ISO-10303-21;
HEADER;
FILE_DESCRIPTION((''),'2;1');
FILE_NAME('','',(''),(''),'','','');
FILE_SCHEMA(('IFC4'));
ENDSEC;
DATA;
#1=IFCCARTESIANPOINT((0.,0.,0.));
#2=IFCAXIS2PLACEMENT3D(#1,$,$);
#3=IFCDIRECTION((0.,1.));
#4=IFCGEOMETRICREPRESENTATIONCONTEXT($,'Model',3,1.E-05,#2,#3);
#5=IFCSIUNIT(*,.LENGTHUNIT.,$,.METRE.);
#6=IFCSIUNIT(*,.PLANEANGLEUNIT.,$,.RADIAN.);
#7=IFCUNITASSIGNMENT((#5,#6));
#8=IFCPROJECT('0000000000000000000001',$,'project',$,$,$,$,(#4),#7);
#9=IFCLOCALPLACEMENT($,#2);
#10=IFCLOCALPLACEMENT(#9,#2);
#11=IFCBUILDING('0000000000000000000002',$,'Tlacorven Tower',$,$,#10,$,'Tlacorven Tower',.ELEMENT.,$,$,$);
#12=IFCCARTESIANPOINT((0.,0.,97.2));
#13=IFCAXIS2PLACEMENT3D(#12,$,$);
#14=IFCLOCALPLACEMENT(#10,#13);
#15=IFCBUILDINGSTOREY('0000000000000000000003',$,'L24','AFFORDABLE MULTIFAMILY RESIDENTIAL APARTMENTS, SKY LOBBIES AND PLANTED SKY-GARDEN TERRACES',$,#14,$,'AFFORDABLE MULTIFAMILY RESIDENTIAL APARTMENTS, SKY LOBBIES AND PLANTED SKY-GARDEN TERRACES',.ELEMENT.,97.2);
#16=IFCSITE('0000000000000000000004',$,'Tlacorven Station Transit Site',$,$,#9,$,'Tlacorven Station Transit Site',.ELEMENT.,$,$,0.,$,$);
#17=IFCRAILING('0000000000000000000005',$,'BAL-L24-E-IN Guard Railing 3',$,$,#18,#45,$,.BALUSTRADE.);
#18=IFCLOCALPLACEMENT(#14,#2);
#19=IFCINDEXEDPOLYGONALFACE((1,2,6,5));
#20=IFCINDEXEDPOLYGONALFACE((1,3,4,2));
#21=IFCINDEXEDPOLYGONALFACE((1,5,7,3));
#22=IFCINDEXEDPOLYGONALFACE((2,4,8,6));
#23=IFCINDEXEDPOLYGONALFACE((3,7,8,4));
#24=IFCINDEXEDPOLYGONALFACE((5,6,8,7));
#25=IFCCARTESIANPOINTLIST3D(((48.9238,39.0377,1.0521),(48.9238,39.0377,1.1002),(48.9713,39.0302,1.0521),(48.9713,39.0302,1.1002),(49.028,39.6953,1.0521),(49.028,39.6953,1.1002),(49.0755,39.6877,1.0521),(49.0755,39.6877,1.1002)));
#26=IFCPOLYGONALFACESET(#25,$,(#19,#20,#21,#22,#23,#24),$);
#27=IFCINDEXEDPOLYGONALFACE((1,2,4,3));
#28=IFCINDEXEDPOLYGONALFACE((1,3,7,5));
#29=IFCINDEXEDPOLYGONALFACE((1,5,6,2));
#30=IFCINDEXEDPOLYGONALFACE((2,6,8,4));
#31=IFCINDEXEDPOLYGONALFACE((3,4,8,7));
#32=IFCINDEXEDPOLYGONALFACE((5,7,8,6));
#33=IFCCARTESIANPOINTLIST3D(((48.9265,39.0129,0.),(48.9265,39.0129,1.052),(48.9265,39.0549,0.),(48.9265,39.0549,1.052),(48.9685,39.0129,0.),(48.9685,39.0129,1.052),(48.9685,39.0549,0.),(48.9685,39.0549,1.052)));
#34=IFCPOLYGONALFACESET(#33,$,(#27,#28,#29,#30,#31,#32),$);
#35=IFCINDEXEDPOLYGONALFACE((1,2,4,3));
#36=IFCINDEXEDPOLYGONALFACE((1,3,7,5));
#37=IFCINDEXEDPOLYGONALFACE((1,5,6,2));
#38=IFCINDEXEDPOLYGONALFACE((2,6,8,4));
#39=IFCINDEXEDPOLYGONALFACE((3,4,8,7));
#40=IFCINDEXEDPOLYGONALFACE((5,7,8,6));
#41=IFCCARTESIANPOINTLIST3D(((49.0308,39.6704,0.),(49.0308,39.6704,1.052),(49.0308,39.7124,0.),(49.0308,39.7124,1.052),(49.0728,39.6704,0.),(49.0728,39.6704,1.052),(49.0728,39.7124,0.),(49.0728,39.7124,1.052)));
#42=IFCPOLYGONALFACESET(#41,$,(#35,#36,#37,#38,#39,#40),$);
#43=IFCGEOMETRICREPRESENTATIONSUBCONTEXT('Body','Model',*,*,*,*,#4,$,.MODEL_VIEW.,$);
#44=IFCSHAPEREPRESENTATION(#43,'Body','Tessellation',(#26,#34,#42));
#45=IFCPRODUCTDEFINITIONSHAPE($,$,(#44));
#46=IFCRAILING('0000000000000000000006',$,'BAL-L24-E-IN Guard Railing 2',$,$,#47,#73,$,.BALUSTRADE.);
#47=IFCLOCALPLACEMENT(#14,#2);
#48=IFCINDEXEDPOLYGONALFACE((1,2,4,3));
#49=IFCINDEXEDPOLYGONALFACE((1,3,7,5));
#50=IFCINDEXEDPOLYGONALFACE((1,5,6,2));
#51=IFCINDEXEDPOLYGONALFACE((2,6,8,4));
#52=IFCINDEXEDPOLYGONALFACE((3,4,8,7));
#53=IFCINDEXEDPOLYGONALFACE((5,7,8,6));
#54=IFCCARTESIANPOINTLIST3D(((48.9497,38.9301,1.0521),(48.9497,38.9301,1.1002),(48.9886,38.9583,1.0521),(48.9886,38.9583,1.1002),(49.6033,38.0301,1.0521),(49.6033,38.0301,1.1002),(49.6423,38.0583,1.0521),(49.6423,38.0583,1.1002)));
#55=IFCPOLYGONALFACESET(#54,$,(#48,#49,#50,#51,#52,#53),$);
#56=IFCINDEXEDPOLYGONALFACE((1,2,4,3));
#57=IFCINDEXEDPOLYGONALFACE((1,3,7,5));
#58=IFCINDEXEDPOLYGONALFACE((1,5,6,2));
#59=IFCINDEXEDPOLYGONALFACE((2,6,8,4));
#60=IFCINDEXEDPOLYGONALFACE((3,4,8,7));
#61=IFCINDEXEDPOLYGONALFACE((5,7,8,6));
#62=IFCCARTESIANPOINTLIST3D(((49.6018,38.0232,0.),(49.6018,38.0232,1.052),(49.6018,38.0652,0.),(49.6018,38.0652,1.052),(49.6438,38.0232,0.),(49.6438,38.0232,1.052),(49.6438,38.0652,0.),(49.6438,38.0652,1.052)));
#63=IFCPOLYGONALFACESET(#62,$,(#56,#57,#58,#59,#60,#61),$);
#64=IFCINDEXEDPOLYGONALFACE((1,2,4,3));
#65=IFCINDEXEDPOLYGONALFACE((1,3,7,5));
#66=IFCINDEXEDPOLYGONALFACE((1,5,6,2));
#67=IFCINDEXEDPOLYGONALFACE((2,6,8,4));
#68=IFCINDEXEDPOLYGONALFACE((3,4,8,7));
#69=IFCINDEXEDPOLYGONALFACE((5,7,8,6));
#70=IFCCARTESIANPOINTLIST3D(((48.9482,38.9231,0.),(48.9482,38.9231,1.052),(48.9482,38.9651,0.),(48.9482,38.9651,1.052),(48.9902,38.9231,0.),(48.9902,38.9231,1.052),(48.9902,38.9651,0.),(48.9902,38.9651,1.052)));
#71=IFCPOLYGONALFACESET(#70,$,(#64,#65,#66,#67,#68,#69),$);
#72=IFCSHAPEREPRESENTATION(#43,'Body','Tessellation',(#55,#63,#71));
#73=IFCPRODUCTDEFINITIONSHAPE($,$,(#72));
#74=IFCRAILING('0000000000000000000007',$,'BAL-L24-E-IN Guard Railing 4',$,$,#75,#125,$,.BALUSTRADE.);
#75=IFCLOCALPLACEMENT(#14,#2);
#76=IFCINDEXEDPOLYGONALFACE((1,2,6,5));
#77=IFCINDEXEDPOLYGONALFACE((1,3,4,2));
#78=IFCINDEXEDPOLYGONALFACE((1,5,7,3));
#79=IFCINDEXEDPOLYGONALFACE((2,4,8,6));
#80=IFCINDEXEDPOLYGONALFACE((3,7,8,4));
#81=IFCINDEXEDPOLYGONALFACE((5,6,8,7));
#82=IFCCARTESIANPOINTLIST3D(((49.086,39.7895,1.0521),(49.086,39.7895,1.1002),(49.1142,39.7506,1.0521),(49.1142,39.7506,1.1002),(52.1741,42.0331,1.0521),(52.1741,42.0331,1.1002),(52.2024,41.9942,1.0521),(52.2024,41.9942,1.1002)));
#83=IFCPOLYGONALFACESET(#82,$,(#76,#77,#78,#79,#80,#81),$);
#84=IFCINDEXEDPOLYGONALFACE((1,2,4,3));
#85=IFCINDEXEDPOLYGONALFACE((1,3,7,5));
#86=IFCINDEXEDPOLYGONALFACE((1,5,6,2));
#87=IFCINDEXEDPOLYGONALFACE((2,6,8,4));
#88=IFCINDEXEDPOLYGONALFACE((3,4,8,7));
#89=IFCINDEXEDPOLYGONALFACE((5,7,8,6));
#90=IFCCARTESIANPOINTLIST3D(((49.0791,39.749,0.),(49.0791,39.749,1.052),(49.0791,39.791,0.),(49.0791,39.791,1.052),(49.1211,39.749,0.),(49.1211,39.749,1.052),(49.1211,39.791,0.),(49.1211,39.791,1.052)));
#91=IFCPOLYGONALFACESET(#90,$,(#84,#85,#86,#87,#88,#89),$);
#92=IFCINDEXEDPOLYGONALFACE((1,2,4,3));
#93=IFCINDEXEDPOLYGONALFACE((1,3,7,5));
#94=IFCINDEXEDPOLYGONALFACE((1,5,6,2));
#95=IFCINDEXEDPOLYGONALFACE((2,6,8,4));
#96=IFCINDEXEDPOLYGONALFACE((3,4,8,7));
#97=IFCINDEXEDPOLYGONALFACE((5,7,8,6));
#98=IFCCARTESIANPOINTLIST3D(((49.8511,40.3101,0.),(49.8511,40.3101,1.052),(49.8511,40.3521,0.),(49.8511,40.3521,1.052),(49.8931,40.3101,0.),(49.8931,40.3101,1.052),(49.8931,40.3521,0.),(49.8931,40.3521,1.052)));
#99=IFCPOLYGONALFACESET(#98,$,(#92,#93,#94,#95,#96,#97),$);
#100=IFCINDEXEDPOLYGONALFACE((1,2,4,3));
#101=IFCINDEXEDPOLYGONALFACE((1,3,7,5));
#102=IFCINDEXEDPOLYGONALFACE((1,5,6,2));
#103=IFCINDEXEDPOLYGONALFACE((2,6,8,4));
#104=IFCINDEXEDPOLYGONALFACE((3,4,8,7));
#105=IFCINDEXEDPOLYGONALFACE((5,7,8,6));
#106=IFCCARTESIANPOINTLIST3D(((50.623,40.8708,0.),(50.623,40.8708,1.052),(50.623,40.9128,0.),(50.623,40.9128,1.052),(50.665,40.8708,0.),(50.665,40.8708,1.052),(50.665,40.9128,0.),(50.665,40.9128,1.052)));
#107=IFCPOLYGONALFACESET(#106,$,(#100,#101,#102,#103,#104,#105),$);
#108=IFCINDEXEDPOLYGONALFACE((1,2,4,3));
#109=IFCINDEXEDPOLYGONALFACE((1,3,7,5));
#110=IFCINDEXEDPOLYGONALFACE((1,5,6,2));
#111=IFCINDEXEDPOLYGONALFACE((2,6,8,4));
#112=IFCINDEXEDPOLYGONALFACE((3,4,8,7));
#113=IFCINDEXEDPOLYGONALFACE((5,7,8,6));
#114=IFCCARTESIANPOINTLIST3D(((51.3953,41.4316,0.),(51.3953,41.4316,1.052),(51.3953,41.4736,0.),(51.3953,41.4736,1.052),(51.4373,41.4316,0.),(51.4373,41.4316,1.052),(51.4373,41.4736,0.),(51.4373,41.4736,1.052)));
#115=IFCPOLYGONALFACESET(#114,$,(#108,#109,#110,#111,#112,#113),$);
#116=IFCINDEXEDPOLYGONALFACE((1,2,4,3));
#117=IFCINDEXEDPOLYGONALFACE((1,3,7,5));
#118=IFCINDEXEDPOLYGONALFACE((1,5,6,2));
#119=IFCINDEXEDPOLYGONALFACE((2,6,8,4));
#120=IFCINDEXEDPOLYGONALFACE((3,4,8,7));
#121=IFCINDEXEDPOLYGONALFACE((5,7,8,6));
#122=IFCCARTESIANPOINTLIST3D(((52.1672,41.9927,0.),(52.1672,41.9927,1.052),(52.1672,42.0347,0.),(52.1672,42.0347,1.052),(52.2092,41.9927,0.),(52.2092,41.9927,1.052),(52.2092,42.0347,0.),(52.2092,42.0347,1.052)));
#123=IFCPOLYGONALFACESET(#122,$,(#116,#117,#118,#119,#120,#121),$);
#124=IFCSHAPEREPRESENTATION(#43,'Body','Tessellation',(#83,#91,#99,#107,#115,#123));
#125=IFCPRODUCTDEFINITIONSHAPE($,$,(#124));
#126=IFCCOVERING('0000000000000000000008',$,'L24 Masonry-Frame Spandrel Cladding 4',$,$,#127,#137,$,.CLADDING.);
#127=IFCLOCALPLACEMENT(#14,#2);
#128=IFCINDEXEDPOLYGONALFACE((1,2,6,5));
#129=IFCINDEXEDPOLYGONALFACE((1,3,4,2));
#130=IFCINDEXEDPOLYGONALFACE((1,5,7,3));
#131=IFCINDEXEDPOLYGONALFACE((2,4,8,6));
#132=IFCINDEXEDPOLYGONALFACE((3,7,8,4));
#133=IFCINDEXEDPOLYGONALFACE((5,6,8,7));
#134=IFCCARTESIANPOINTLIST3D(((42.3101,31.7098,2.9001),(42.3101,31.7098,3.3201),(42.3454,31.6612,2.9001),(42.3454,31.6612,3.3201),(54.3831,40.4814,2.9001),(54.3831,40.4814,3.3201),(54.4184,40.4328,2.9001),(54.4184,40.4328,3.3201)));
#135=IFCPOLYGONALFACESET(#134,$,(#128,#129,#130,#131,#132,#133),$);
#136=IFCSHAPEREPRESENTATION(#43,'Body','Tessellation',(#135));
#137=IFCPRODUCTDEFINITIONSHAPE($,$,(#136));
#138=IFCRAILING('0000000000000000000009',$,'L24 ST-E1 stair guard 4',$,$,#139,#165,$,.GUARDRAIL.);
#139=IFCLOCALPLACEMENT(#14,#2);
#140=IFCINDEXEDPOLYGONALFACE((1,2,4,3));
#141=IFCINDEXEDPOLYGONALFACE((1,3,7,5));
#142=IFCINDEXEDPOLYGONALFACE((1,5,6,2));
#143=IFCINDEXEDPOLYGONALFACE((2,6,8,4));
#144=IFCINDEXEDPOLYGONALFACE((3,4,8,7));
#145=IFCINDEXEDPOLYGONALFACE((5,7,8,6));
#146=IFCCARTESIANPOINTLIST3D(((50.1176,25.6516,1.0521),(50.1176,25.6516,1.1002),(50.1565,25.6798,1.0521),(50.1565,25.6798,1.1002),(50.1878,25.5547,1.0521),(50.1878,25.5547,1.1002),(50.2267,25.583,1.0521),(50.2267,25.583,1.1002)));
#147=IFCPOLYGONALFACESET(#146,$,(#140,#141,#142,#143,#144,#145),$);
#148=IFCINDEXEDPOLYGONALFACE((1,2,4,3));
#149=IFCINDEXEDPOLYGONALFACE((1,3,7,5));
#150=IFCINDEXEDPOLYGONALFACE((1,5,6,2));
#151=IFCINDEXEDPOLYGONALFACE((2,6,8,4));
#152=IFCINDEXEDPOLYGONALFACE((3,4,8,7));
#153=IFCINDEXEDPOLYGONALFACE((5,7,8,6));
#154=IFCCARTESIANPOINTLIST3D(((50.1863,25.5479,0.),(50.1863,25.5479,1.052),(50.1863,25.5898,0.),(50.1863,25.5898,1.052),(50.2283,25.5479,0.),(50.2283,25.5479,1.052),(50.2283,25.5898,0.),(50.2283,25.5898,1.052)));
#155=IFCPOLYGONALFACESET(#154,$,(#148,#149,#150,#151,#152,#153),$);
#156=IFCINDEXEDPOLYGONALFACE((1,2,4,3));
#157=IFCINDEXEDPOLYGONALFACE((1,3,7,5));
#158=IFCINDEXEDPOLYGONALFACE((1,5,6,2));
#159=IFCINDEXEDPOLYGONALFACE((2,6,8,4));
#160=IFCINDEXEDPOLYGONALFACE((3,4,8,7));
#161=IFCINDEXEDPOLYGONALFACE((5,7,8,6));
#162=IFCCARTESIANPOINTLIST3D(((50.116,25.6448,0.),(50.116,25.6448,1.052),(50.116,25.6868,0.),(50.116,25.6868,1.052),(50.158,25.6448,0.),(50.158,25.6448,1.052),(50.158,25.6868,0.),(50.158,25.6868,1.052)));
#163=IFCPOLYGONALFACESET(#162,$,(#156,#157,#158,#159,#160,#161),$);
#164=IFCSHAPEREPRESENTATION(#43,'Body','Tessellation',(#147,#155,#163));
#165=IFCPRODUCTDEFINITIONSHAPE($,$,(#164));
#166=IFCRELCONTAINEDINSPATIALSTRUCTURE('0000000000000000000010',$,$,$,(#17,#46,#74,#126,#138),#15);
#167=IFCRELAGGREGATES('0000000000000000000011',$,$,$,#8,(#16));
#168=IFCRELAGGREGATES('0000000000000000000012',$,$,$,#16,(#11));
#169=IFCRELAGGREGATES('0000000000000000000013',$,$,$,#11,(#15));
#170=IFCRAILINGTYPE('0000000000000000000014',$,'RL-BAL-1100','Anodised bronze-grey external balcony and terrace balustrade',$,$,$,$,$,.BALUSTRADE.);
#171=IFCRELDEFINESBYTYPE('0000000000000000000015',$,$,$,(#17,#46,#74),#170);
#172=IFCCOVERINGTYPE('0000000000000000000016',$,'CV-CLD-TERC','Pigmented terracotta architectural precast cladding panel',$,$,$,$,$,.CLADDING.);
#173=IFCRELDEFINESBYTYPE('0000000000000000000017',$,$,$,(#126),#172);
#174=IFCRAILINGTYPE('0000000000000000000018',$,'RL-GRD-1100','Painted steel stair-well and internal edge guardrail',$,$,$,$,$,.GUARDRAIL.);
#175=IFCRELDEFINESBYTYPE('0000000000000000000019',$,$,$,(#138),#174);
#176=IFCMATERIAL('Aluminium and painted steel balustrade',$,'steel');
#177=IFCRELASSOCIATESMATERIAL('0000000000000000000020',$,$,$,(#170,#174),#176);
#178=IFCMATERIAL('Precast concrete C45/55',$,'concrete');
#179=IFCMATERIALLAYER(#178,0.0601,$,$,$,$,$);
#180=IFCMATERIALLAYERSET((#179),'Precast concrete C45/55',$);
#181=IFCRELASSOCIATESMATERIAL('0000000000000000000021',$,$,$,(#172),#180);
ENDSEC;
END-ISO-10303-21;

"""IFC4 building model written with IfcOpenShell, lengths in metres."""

from ifc_helpers import new_model, si_unit, direction, frame, origin, origin_2d, place, context, subcontext, project, spatial, rectangle, extrude, source, transform, mapped, material, layer, layer_set, type_object, element, save


model = new_model("IFC4")

# Units and contexts
model_context = context("Model", 3, precision=1e-05, world=origin(), true_north=direction((0.0, 1.0)))
body_context = subcontext(model_context, "Body", "Model", "MODEL_VIEW")
ifc_project = project(units=[si_unit("LENGTHUNIT", "METRE"), si_unit("PLANEANGLEUNIT", "RADIAN")], contexts=[model_context])

# Site, building, storey
site_placement = place(None, origin())
site = spatial("IfcSite", under=ifc_project, at=site_placement, Name="Tlacorven Station Transit Site", LongName="Tlacorven Station Transit Site", CompositionType="ELEMENT", RefElevation=0.0)
building_placement = place(site_placement, origin())
building = spatial("IfcBuilding", under=site, at=building_placement, Name="Tlacorven Tower", LongName="Tlacorven Tower", CompositionType="ELEMENT")
storey_placement = place(building_placement, frame((0.0, 0.0, 97.2)))
storey = spatial("IfcBuildingStorey", under=building, at=storey_placement, Name="L24", Description="AFFORDABLE MULTIFAMILY RESIDENTIAL APARTMENTS, SKY LOBBIES AND PLANTED SKY-GARDEN TERRACES", LongName="AFFORDABLE MULTIFAMILY RESIDENTIAL APARTMENTS, SKY LOBBIES AND PLANTED SKY-GARDEN TERRACES", CompositionType="ELEMENT", Elevation=97.2)

# Railings
ifc_material_1 = material(Name="Aluminium and painted steel balustrade", Category="steel")
railing_type_1 = type_object("IfcRailingType", Name="RL-BAL-1100", Description="Anodised bronze-grey external balcony and terrace balustrade", PredefinedType="BALUSTRADE", material=ifc_material_1)
shared_shape_1 = source(origin(), body_context, "Body", "SweptSolid", [
    extrude(rectangle(XDim=0.0481, YDim=0.0481, at=origin_2d()), frame((0.0, 0.0, 1.0762), z_axis=(0.156603, 0.987662, 0.0), x_axis=(-0.987662, 0.156603, 0.0)), (0.0, 0.0, 1.0), 0.6658),
    extrude(rectangle(XDim=0.042, YDim=0.042, at=origin_2d()), origin(), (0.0, 0.0, 1.0), 1.052),
    extrude(rectangle(XDim=0.042, YDim=0.042, at=origin_2d()), frame((0.1042, 0.6575, 0.0)), (0.0, 0.0, 1.0), 1.052),
])
railing_1_placement = place(storey_placement, frame((48.9475, 39.0339, 0.0)))
element("IfcRailing", 1, at=railing_1_placement, inside=storey, type_object=railing_type_1, Name="BAL-L24-E-IN Guard Railing 3", PredefinedType="BALUSTRADE", context=body_context, shape_type="MappedRepresentation", body=[
    mapped(shared_shape_1, transform((0.0, 0.0, 0.0), scale=1.0)),
])
shared_shape_2 = source(origin(), body_context, "Body", "SweptSolid", [
    extrude(rectangle(XDim=0.0481, YDim=0.0481, at=origin_2d()), frame((0.0, 0.0, 1.0762), z_axis=(-0.587636, 0.809125, 0.0), x_axis=(-0.809125, -0.587636, 0.0)), (0.0, 0.0, 1.0), 1.1123),
    extrude(rectangle(XDim=0.042, YDim=0.042, at=origin_2d()), origin(), (0.0, 0.0, 1.0), 1.052),
    extrude(rectangle(XDim=0.042, YDim=0.042, at=origin_2d()), frame((-0.6536, 0.8999, 0.0)), (0.0, 0.0, 1.0), 1.052),
])
railing_2_placement = place(storey_placement, frame((49.6228, 38.0442, 0.0)))
element("IfcRailing", 2, at=railing_2_placement, inside=storey, type_object=railing_type_1, Name="BAL-L24-E-IN Guard Railing 2", PredefinedType="BALUSTRADE", context=body_context, shape_type="MappedRepresentation", body=[
    mapped(shared_shape_2, transform((0.0, 0.0, 0.0), scale=1.0)),
])
shared_shape_3 = source(origin(), body_context, "Body", "SweptSolid", [
    extrude(rectangle(XDim=0.0481, YDim=0.0481, at=origin_2d()), frame((0.0, 0.0, 1.0762), z_axis=(0.809018, 0.587784, 0.0), x_axis=(-0.587784, 0.809018, 0.0)), (0.0, 0.0, 1.0), 3.8171),
    extrude(rectangle(XDim=0.042, YDim=0.042, at=origin_2d()), origin(), (0.0, 0.0, 1.0), 1.052),
    extrude(rectangle(XDim=0.042, YDim=0.042, at=origin_2d()), frame((0.772, 0.561, 0.0)), (0.0, 0.0, 1.0), 1.052),
    extrude(rectangle(XDim=0.042, YDim=0.042, at=origin_2d()), frame((1.5439, 1.1218, 0.0)), (0.0, 0.0, 1.0), 1.052),
    extrude(rectangle(XDim=0.042, YDim=0.042, at=origin_2d()), frame((2.3162, 1.6826, 0.0)), (0.0, 0.0, 1.0), 1.052),
    extrude(rectangle(XDim=0.042, YDim=0.042, at=origin_2d()), frame((3.0881, 2.2437, 0.0)), (0.0, 0.0, 1.0), 1.052),
])
railing_3_placement = place(storey_placement, frame((49.1001, 39.77, 0.0)))
element("IfcRailing", 3, at=railing_3_placement, inside=storey, type_object=railing_type_1, Name="BAL-L24-E-IN Guard Railing 4", PredefinedType="BALUSTRADE", context=body_context, shape_type="MappedRepresentation", body=[
    mapped(shared_shape_3, transform((0.0, 0.0, 0.0), scale=1.0)),
])

# Covering
ifc_material_2 = material(Name="Precast concrete C45/55", Category="concrete")
ifc_layer_1 = layer(ifc_material_2, 0.0601)
ifc_layer_set_1 = layer_set([ifc_layer_1], Name="Precast concrete C45/55")
covering_type = type_object("IfcCoveringType", Name="CV-CLD-TERC", Description="Pigmented terracotta architectural precast cladding panel", PredefinedType="CLADDING", material=ifc_layer_set_1)
shared_shape_4 = source(origin(), body_context, "Body", "SweptSolid", [
    extrude(rectangle(XDim=14.9231, YDim=0.0601, at=origin_2d()), origin(), (0.0, 0.0, 1.0), 0.4199),
])
covering_placement = place(storey_placement, frame((48.3643, 36.0713, 2.9001), z_axis=(0.0, 0.0, 1.0), x_axis=(0.809017, 0.587786, 0.0)))
element("IfcCovering", 4, at=covering_placement, inside=storey, type_object=covering_type, Name="L24 Masonry-Frame Spandrel Cladding 4", PredefinedType="CLADDING", context=body_context, shape_type="MappedRepresentation", body=[
    mapped(shared_shape_4, transform((0.0, 0.0, 0.0), scale=1.0)),
])

# Railing
railing_type_2 = type_object("IfcRailingType", Name="RL-GRD-1100", Description="Painted steel stair-well and internal edge guardrail", PredefinedType="GUARDRAIL", material=ifc_material_1)
shared_shape_5 = source(origin(), body_context, "Body", "SweptSolid", [
    extrude(rectangle(XDim=0.0481, YDim=0.0481, at=origin_2d()), frame((0.0, 0.0, 1.0762), z_axis=(-0.587201, 0.809441, 0.0), x_axis=(-0.809441, -0.587201, 0.0)), (0.0, 0.0, 1.0), 0.1196),
    extrude(rectangle(XDim=0.042, YDim=0.042, at=origin_2d()), origin(), (0.0, 0.0, 1.0), 1.052),
    extrude(rectangle(XDim=0.042, YDim=0.042, at=origin_2d()), frame((-0.0703, 0.0969, 0.0)), (0.0, 0.0, 1.0), 1.052),
])
railing_4_placement = place(storey_placement, frame((50.2073, 25.5688, 0.0)))
element("IfcRailing", 5, at=railing_4_placement, inside=storey, type_object=railing_type_2, Name="L24 ST-E1 stair guard 4", PredefinedType="GUARDRAIL", context=body_context, shape_type="MappedRepresentation", body=[
    mapped(shared_shape_5, transform((0.0, 0.0, 0.0), scale=1.0)),
])

save(model, "model.ifc")
